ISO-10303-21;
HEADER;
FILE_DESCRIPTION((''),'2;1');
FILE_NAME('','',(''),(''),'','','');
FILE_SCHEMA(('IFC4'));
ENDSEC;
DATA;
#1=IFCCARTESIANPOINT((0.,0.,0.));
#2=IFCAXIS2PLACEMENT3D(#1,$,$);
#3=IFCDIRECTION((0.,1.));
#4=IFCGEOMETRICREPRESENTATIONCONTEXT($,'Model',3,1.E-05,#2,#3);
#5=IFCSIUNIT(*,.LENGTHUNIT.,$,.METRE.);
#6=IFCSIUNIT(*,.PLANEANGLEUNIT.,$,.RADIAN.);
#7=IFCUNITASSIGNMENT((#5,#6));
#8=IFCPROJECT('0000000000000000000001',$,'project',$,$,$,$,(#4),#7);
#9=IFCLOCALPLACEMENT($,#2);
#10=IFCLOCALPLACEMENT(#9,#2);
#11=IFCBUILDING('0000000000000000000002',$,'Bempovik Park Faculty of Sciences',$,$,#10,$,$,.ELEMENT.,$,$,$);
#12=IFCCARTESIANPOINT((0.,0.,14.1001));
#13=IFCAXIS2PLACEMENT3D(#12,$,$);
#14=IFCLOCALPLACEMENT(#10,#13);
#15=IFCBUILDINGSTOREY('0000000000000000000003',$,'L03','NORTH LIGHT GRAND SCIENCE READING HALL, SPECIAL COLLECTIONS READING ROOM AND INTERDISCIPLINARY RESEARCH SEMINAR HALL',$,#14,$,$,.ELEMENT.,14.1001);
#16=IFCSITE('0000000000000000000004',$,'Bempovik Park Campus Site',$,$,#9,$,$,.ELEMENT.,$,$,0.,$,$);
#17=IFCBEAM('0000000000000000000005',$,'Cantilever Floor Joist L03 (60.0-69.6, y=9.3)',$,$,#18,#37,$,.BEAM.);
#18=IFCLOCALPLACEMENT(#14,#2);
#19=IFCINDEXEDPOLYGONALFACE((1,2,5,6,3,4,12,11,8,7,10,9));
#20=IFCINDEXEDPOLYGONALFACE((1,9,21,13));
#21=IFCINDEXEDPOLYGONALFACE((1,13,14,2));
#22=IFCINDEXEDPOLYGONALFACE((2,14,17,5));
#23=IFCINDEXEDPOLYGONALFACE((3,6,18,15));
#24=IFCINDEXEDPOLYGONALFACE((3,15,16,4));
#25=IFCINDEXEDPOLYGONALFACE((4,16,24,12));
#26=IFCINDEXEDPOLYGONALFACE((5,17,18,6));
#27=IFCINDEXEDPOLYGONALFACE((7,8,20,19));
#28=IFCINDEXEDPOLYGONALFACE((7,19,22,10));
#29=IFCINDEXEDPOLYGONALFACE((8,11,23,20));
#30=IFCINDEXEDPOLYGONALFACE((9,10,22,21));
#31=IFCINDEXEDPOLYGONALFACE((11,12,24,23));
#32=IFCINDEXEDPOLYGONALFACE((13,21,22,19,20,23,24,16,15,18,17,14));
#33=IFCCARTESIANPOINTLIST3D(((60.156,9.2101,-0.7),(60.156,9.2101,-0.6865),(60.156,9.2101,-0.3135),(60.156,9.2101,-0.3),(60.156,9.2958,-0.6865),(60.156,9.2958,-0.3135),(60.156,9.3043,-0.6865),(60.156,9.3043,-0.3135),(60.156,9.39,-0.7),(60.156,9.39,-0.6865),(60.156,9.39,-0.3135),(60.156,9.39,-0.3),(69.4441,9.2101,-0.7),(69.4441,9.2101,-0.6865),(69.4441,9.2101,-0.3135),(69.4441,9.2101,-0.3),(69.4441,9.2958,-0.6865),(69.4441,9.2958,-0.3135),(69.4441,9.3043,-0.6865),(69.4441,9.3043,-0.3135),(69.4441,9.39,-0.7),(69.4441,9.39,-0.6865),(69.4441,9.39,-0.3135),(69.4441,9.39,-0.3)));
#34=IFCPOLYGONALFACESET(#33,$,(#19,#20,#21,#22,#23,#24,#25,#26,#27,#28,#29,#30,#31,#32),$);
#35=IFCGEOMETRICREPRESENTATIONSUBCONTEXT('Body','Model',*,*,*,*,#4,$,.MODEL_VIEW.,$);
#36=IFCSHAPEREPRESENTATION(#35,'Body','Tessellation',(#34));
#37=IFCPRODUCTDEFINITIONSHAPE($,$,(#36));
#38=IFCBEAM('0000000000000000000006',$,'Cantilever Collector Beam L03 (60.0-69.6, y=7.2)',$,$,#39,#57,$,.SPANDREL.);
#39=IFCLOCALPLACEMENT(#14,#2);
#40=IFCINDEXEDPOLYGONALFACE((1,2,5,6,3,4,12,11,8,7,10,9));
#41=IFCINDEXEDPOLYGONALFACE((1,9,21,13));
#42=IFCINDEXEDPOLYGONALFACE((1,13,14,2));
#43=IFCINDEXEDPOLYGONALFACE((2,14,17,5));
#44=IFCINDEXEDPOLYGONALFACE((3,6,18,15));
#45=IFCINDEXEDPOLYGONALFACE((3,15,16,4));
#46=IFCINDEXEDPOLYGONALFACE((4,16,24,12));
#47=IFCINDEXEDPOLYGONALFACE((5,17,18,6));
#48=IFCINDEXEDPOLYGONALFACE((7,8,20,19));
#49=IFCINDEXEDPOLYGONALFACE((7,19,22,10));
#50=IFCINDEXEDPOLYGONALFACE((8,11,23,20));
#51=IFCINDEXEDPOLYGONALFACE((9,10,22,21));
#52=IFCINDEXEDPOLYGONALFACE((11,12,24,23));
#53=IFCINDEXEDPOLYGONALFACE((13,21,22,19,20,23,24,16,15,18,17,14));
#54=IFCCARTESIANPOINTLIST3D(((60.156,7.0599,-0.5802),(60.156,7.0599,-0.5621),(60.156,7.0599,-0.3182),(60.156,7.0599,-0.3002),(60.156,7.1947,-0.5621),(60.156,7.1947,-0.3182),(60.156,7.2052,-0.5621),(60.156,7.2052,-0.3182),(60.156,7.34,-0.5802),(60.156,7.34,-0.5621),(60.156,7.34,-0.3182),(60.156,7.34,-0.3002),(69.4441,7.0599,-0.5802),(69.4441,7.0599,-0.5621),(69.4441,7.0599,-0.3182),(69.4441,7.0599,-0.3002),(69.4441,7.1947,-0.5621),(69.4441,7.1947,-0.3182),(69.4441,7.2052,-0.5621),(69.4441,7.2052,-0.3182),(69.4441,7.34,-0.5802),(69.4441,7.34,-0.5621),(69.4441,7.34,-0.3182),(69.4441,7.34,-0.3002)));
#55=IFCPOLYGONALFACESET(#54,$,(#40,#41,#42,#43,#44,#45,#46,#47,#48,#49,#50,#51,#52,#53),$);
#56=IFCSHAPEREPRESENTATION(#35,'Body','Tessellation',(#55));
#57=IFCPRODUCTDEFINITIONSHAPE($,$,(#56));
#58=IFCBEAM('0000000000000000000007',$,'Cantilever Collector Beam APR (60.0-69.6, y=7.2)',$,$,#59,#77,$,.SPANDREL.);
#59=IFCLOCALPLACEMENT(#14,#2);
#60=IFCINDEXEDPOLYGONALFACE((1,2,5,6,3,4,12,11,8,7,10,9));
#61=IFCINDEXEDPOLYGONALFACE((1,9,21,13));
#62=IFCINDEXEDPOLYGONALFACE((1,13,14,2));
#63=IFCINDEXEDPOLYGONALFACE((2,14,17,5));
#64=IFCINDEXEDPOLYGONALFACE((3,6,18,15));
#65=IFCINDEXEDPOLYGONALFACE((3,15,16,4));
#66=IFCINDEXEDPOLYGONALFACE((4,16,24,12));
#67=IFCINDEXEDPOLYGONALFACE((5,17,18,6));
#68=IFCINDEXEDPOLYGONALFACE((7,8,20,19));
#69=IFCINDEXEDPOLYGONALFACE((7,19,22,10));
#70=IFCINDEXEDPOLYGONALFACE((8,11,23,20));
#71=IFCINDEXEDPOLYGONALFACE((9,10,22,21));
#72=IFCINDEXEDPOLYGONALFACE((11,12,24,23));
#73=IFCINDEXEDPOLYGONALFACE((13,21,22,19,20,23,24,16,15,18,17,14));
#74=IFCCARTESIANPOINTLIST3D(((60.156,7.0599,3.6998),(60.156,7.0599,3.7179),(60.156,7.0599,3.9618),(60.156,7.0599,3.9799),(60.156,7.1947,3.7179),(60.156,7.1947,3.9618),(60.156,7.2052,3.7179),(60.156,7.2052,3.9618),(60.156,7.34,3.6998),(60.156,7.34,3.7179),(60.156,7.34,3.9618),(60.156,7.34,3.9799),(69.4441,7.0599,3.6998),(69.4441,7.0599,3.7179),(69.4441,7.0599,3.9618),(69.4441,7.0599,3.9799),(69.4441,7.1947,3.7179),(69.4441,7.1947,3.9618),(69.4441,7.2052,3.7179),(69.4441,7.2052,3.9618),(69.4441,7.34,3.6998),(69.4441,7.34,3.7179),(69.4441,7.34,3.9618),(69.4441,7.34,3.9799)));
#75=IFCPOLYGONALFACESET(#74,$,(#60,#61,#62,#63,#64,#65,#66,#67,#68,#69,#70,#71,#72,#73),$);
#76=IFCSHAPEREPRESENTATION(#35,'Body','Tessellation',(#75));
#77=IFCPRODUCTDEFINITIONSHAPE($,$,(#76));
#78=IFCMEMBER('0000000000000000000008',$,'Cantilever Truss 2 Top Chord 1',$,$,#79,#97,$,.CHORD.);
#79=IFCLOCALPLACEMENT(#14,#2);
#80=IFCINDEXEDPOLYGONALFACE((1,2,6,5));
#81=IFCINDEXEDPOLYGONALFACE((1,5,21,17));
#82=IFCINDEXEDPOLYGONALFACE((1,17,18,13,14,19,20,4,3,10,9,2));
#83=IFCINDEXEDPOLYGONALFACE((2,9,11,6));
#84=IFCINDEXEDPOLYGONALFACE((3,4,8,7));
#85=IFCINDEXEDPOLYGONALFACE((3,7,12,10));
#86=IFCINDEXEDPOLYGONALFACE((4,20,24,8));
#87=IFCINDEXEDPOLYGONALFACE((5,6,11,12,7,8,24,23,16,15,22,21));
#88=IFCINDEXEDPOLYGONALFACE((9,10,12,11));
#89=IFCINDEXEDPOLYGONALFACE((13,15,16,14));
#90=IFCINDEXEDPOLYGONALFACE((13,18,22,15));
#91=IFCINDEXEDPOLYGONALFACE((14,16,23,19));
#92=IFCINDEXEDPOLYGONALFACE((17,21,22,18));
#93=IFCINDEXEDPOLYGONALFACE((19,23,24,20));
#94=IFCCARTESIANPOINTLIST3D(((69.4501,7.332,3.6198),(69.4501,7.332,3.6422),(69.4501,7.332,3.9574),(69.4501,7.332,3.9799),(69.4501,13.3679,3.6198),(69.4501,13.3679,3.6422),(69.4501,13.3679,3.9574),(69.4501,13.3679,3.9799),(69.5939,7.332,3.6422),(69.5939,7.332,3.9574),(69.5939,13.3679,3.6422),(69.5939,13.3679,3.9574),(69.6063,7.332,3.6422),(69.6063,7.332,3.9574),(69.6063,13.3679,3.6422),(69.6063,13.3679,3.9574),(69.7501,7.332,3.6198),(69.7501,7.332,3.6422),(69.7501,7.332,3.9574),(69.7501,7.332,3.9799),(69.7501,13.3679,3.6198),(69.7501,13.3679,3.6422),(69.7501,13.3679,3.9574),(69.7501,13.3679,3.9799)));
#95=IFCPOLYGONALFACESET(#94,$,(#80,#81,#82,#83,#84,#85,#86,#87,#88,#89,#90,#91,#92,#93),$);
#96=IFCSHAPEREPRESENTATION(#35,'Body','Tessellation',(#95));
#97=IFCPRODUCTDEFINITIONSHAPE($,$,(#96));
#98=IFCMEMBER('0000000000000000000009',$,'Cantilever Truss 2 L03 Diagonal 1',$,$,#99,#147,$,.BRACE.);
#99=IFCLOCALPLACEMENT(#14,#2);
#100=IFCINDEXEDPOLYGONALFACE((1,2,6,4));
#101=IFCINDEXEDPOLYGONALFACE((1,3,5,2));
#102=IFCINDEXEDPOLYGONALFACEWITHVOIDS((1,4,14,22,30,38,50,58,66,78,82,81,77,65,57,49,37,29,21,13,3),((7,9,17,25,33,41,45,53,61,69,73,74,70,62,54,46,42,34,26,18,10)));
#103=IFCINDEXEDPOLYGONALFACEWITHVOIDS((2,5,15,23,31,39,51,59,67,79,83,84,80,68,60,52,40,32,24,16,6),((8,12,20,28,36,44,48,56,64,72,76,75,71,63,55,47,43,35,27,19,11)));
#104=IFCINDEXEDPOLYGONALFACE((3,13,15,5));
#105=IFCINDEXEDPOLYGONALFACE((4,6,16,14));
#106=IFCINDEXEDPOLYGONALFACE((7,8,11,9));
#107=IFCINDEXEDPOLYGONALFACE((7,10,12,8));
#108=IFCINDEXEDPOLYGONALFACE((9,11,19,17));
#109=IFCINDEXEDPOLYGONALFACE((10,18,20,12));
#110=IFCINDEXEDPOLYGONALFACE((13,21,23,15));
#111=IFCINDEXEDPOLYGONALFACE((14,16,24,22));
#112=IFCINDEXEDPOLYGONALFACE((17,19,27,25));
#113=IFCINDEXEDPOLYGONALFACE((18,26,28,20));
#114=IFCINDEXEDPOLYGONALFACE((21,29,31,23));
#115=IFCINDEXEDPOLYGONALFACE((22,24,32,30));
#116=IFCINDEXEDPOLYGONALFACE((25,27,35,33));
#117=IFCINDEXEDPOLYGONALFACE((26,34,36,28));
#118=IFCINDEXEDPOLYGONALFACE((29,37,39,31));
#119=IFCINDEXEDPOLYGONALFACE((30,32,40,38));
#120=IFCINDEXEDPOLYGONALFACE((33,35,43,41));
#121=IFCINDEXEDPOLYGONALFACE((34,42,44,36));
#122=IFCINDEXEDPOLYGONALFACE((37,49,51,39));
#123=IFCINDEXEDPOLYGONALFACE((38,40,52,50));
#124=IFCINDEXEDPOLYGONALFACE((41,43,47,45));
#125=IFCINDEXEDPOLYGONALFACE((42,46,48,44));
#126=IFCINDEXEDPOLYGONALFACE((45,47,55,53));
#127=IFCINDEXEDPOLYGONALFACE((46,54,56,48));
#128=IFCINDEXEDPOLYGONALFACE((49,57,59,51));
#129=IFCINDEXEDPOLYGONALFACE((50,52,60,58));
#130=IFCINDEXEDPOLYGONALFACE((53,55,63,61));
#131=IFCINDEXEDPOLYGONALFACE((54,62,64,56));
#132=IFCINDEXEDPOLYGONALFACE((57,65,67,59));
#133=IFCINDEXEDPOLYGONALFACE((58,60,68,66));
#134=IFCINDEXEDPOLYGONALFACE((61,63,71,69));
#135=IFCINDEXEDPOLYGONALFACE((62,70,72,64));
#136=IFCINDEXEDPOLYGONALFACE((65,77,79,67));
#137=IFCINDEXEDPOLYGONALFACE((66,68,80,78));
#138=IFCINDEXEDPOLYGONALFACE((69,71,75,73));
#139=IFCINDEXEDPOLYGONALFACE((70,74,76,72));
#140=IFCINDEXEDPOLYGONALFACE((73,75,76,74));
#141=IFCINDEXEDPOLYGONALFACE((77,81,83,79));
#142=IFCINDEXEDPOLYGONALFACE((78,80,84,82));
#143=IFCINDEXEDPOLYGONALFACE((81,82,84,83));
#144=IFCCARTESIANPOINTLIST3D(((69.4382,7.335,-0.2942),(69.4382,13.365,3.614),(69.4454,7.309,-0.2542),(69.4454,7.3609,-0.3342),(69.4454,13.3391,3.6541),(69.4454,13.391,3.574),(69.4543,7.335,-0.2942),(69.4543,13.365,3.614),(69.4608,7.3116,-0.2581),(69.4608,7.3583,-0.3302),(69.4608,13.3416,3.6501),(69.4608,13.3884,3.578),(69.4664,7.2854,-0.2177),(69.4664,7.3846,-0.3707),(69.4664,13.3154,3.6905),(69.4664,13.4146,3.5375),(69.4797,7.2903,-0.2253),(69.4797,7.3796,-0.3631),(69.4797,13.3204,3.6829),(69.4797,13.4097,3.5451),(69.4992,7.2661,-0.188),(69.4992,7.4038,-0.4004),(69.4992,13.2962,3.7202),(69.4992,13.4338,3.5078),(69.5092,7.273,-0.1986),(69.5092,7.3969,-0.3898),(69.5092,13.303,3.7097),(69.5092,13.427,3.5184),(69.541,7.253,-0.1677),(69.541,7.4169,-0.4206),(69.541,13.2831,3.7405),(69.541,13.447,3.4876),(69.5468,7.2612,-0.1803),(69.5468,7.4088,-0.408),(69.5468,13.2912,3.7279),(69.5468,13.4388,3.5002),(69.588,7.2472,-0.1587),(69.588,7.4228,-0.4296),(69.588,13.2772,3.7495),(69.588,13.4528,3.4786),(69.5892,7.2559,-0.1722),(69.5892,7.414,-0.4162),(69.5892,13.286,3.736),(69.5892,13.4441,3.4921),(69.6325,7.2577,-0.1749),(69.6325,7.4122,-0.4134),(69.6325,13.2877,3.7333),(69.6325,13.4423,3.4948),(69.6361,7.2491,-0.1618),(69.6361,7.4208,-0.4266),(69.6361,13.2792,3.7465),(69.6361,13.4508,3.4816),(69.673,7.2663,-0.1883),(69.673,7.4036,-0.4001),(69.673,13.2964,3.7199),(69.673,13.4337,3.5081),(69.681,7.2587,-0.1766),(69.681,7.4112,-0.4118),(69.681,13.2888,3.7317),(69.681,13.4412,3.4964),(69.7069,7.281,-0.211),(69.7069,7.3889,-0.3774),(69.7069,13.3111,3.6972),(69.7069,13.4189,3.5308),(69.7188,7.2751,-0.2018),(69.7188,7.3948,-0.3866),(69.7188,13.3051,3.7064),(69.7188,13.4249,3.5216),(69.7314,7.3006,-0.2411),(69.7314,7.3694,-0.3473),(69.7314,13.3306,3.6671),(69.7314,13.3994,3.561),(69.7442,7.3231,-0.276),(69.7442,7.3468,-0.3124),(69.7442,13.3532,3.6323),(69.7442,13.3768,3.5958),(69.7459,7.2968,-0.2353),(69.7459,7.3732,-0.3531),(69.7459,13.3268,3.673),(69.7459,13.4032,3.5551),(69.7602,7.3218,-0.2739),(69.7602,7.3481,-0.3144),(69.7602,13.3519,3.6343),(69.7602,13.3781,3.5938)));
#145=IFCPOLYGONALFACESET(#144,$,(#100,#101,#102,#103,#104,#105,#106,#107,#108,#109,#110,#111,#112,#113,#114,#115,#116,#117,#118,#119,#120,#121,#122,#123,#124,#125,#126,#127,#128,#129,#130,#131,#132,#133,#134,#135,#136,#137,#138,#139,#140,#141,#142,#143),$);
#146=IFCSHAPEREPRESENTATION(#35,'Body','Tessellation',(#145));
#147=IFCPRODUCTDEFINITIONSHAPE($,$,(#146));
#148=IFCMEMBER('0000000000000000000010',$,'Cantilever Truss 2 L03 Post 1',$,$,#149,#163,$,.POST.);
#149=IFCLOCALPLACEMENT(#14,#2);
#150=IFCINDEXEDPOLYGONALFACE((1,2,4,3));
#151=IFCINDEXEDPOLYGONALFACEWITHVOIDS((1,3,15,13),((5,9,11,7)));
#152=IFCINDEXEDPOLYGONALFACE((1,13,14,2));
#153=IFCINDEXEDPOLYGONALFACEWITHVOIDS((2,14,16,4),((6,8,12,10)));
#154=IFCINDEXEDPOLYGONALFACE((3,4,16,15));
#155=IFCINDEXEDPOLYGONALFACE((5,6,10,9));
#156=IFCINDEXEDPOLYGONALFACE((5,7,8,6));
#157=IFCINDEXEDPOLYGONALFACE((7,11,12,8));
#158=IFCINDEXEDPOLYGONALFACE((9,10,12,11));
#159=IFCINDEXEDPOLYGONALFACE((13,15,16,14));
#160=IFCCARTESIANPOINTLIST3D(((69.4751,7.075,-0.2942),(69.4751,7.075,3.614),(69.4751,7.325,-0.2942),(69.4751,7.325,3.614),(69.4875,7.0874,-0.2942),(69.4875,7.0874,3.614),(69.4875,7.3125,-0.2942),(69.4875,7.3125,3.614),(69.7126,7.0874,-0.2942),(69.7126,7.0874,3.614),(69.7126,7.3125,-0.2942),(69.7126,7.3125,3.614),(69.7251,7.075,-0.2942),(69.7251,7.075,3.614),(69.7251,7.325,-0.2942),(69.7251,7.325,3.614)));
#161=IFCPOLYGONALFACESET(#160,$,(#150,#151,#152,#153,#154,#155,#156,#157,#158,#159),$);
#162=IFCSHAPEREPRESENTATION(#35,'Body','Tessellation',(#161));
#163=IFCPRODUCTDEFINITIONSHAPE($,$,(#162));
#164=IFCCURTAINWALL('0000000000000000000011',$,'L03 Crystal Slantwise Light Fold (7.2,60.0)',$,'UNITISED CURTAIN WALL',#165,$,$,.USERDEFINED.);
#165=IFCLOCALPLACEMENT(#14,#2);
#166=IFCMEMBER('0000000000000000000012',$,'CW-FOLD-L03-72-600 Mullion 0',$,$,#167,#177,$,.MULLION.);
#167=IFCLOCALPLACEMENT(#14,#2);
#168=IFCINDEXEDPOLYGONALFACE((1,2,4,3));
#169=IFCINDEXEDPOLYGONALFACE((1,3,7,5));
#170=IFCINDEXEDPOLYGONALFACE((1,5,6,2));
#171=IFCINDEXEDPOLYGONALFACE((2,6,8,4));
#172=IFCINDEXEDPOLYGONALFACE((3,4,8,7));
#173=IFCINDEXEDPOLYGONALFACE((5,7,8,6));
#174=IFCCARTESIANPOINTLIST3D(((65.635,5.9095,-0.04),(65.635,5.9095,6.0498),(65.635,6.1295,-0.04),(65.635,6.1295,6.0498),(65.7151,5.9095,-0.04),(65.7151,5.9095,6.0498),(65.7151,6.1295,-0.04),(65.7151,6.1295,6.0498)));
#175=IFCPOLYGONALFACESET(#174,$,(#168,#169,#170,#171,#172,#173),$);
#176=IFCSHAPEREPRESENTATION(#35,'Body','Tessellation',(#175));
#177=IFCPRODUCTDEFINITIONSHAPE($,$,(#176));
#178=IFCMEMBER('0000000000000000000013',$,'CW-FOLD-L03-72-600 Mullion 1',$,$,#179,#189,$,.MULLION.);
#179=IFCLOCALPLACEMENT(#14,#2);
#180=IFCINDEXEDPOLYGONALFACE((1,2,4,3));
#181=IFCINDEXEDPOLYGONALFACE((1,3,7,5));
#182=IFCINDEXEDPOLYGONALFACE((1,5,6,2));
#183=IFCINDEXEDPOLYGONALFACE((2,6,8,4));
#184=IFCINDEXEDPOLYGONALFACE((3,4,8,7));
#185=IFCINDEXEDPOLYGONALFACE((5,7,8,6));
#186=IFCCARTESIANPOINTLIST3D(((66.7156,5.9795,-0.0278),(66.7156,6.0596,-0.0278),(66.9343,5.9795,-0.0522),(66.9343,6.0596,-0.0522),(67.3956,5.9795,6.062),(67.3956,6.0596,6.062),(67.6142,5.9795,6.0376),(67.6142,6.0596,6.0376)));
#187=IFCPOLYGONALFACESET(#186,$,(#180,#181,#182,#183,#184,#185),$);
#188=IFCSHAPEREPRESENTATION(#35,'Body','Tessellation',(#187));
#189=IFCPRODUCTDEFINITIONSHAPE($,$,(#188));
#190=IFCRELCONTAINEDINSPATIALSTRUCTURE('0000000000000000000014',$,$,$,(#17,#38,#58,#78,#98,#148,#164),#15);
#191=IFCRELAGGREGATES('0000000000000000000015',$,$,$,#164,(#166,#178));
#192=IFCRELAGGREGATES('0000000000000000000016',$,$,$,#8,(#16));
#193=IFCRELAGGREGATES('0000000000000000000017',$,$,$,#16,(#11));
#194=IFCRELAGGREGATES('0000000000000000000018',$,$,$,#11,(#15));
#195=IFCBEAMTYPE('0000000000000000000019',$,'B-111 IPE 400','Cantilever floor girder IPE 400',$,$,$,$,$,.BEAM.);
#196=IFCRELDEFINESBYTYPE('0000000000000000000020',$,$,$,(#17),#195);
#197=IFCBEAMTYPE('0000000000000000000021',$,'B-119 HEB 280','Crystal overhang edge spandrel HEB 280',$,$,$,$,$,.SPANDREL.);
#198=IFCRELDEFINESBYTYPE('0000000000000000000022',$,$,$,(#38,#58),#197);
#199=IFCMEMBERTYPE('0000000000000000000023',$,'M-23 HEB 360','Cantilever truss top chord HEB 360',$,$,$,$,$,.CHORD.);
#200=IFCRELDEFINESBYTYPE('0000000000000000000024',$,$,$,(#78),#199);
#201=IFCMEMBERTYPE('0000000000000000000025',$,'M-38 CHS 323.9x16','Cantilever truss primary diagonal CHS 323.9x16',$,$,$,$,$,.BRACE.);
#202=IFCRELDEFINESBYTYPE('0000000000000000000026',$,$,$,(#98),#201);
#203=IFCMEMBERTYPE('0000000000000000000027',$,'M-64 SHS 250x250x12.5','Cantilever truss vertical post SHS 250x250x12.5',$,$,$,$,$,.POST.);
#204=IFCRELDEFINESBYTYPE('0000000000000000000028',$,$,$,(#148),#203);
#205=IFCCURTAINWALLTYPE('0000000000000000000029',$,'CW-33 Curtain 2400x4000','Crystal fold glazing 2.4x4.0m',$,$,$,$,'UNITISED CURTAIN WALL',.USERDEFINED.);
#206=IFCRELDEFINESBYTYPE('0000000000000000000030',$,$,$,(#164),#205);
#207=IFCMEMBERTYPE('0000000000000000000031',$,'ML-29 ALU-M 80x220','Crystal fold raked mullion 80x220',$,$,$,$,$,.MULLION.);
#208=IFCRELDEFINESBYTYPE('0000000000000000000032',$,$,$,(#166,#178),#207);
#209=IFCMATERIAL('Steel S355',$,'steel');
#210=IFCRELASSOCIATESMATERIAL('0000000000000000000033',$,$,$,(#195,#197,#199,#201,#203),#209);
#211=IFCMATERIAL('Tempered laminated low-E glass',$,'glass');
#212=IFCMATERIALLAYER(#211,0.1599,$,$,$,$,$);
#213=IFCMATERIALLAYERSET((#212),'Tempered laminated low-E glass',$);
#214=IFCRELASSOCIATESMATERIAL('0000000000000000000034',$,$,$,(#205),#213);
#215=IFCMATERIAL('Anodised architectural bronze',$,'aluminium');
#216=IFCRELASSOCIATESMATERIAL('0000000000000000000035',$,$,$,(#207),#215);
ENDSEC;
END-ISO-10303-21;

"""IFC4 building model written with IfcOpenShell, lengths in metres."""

from ifc_helpers import new_model, si_unit, direction, frame, origin, origin_2d, place, context, subcontext, project, spatial, rectangle, hollow_rectangle, hollow_circle, i_section, extrude, material, layer, layer_set, material_profile, profile_set, type_object, element, aggregate, save


model = new_model("IFC4")

# Units and contexts
model_context = context("Model", 3, precision=1e-05, world=origin(), true_north=direction((0.0, 1.0)))
body_context = subcontext(model_context, "Body", "Model", "MODEL_VIEW")
ifc_project = project(units=[si_unit("LENGTHUNIT", "METRE"), si_unit("PLANEANGLEUNIT", "RADIAN")], contexts=[model_context])

# Site, building, storey
site_placement = place(None, origin())
site = spatial("IfcSite", under=ifc_project, at=site_placement, Name="Bempovik Park Campus Site", CompositionType="ELEMENT", RefElevation=0.0)
building_placement = place(site_placement, origin())
building = spatial("IfcBuilding", under=site, at=building_placement, Name="Bempovik Park Faculty of Sciences", CompositionType="ELEMENT")
storey_placement = place(building_placement, frame((0.0, 0.0, 14.1001)))
storey = spatial("IfcBuildingStorey", under=building, at=storey_placement, Name="L03", Description="NORTH LIGHT GRAND SCIENCE READING HALL, SPECIAL COLLECTIONS READING ROOM AND INTERDISCIPLINARY RESEARCH SEMINAR HALL", CompositionType="ELEMENT", Elevation=14.1001)

# Beams
ifc_material_1 = material(Name="Steel S355", Category="steel")
ifc_material_profile_1 = material_profile(ifc_material_1, i_section(OverallWidth=0.1799, OverallDepth=0.3999, WebThickness=0.0085, FlangeThickness=0.0134, at=origin_2d()), Name="IPE 400")
ifc_profile_set_1 = profile_set([ifc_material_profile_1], Name="Steel S355")
beam_type_1 = type_object("IfcBeamType", Name="B-111 IPE 400", Description="Cantilever floor girder IPE 400", PredefinedType="BEAM", material=ifc_profile_set_1)
beam_placement = place(storey_placement, frame((60.156, 9.3, -0.5), z_axis=(1.0, 0.0, 0.0), x_axis=(0.0, 1.0, 0.0)))
element("IfcBeam", 1, at=beam_placement, inside=storey, type_object=beam_type_1, Name="Cantilever Floor Joist L03 (60.0-69.6, y=9.3)", PredefinedType="BEAM", context=body_context, shape_type="SweptSolid", body=[
    extrude(i_section(OverallWidth=0.1799, OverallDepth=0.3999, WebThickness=0.0085, FlangeThickness=0.0134, at=origin_2d()), origin(), (0.0, 0.0, 1.0), 9.2881),
])
ifc_material_profile_2 = material_profile(ifc_material_1, i_section(OverallWidth=0.28, OverallDepth=0.28, WebThickness=0.0105, FlangeThickness=0.0181, at=origin_2d()), Name="HEB 280")
ifc_profile_set_2 = profile_set([ifc_material_profile_2], Name="Steel S355")
beam_type_2 = type_object("IfcBeamType", Name="B-119 HEB 280", Description="Crystal overhang edge spandrel HEB 280", PredefinedType="SPANDREL", material=ifc_profile_set_2)
for number, where, z_axis, x_axis, name in (
    (2, (60.156, 7.2, -0.4402), (1.0, 0.0, 0.0), (0.0, 1.0, 0.0), "Cantilever Collector Beam L03 (60.0-69.6, y=7.2)"),
    (3, (60.156, 7.2, 3.8398), (1.0, 0.0, 0.0), (0.0, 1.0, 0.0), "Cantilever Collector Beam APR (60.0-69.6, y=7.2)"),
):
    element("IfcBeam", number, at=place(storey_placement, frame(where, z_axis=z_axis, x_axis=x_axis)), inside=storey, type_object=beam_type_2, Name=name, PredefinedType="SPANDREL", context=body_context, shape_type="SweptSolid", body=[
        extrude(i_section(OverallWidth=0.28, OverallDepth=0.28, WebThickness=0.0105, FlangeThickness=0.0181, at=origin_2d()), origin(), (0.0, 0.0, 1.0), 9.2881),
    ])

# Members
ifc_material_profile_3 = material_profile(ifc_material_1, i_section(OverallWidth=0.3, OverallDepth=0.3601, WebThickness=0.0125, FlangeThickness=0.0225, at=origin_2d()), Name="HEB 360")
ifc_profile_set_3 = profile_set([ifc_material_profile_3], Name="Steel S355")
member_type_1 = type_object("IfcMemberType", Name="M-23 HEB 360", Description="Cantilever truss top chord HEB 360", PredefinedType="CHORD", material=ifc_profile_set_3)
member_1_placement = place(storey_placement, frame((69.6001, 7.332, 3.7998), z_axis=(0.0, 1.0, 0.0), x_axis=(-1.0, 0.0, 0.0)))
element("IfcMember", 4, at=member_1_placement, inside=storey, type_object=member_type_1, Name="Cantilever Truss 2 Top Chord 1", PredefinedType="CHORD", context=body_context, shape_type="SweptSolid", body=[
    extrude(i_section(OverallWidth=0.3, OverallDepth=0.3601, WebThickness=0.0125, FlangeThickness=0.0225, at=origin_2d()), origin(), (0.0, 0.0, 1.0), 6.0359),
])
ifc_material_profile_4 = material_profile(ifc_material_1, hollow_circle(Radius=0.1619, WallThickness=0.0161, at=origin_2d()), Name="CHS 323.9x16")
ifc_profile_set_4 = profile_set([ifc_material_profile_4], Name="Steel S355")
member_type_2 = type_object("IfcMemberType", Name="M-38 CHS 323.9x16", Description="Cantilever truss primary diagonal CHS 323.9x16", PredefinedType="BRACE", material=ifc_profile_set_4)
member_2_placement = place(storey_placement, frame((69.6001, 7.335, -0.2942), z_axis=(0.0, 0.839162, 0.543881), x_axis=(-1.0, 0.0, 0.0)))
element("IfcMember", 5, at=member_2_placement, inside=storey, type_object=member_type_2, Name="Cantilever Truss 2 L03 Diagonal 1", PredefinedType="BRACE", context=body_context, shape_type="SweptSolid", body=[
    extrude(hollow_circle(Radius=0.1619, WallThickness=0.0161, at=origin_2d()), origin(), (0.0, 0.0, 1.0), 7.1858),
])
ifc_material_profile_5 = material_profile(ifc_material_1, hollow_rectangle(XDim=0.25, YDim=0.25, WallThickness=0.0125, at=origin_2d()), Name="SHS 250x250x12.5")
ifc_profile_set_5 = profile_set([ifc_material_profile_5], Name="Steel S355")
member_type_3 = type_object("IfcMemberType", Name="M-64 SHS 250x250x12.5", Description="Cantilever truss vertical post SHS 250x250x12.5", PredefinedType="POST", material=ifc_profile_set_5)
member_3_placement = place(storey_placement, frame((69.6001, 7.2, -0.2942), z_axis=(0.0, 0.0, 1.0), x_axis=(1.0, 0.0, 0.0)))
element("IfcMember", 6, at=member_3_placement, inside=storey, type_object=member_type_3, Name="Cantilever Truss 2 L03 Post 1", PredefinedType="POST", context=body_context, shape_type="SweptSolid", body=[
    extrude(hollow_rectangle(XDim=0.25, YDim=0.25, WallThickness=0.0125, at=origin_2d()), origin(), (0.0, 0.0, 1.0), 3.9082),
])

# Curtain wall, members
ifc_material_2 = material(Name="Tempered laminated low-E glass", Category="glass")
ifc_layer_1 = layer(ifc_material_2, 0.1599)
ifc_layer_set_1 = layer_set([ifc_layer_1], Name="Tempered laminated low-E glass")
curtain_wall_type = type_object("IfcCurtainWallType", Name="CW-33 Curtain 2400x4000", Description="Crystal fold glazing 2.4x4.0m", ElementType="UNITISED CURTAIN WALL", PredefinedType="USERDEFINED", material=ifc_layer_set_1)
curtain_wall_placement = place(storey_placement, origin())
curtain_wall = element("IfcCurtainWall", 7, at=curtain_wall_placement, inside=storey, type_object=curtain_wall_type, Name="L03 Crystal Slantwise Light Fold (7.2,60.0)", ObjectType="UNITISED CURTAIN WALL", PredefinedType="USERDEFINED")
ifc_material_3 = material(Name="Anodised architectural bronze", Category="aluminium")
ifc_material_profile_6 = material_profile(ifc_material_3, rectangle(XDim=0.0801, YDim=0.22, at=origin_2d()), Name="ALU-M 80x220")
ifc_profile_set_6 = profile_set([ifc_material_profile_6], Name="Anodised architectural bronze")
member_type_4 = type_object("IfcMemberType", Name="ML-29 ALU-M 80x220", Description="Crystal fold raked mullion 80x220", PredefinedType="MULLION", material=ifc_profile_set_6)
member_4_placement = place(storey_placement, frame((65.675, 6.0195, -0.04), z_axis=(0.0, 0.0, 1.0), x_axis=(1.0, 0.0, 0.0)))
member_4 = element("IfcMember", 8, at=member_4_placement, type_object=member_type_4, Name="CW-FOLD-L03-72-600 Mullion 0", PredefinedType="MULLION", context=body_context, shape_type="SweptSolid", body=[
    extrude(rectangle(XDim=0.0801, YDim=0.22, at=origin_2d()), origin(), (0.0, 0.0, 1.0), 6.0898),
])
member_5_placement = place(storey_placement, frame((66.825, 6.0195, -0.04), z_axis=(0.110961, 0.0, 0.993825), x_axis=(0.0, 1.0, 0.0)))
member_5 = element("IfcMember", 9, at=member_5_placement, type_object=member_type_4, Name="CW-FOLD-L03-72-600 Mullion 1", PredefinedType="MULLION", context=body_context, shape_type="SweptSolid", body=[
    extrude(rectangle(XDim=0.0801, YDim=0.22, at=origin_2d()), origin(), (0.0, 0.0, 1.0), 6.1277),
])
aggregate(curtain_wall, [member_4, member_5])

save(model, "model.ifc")
